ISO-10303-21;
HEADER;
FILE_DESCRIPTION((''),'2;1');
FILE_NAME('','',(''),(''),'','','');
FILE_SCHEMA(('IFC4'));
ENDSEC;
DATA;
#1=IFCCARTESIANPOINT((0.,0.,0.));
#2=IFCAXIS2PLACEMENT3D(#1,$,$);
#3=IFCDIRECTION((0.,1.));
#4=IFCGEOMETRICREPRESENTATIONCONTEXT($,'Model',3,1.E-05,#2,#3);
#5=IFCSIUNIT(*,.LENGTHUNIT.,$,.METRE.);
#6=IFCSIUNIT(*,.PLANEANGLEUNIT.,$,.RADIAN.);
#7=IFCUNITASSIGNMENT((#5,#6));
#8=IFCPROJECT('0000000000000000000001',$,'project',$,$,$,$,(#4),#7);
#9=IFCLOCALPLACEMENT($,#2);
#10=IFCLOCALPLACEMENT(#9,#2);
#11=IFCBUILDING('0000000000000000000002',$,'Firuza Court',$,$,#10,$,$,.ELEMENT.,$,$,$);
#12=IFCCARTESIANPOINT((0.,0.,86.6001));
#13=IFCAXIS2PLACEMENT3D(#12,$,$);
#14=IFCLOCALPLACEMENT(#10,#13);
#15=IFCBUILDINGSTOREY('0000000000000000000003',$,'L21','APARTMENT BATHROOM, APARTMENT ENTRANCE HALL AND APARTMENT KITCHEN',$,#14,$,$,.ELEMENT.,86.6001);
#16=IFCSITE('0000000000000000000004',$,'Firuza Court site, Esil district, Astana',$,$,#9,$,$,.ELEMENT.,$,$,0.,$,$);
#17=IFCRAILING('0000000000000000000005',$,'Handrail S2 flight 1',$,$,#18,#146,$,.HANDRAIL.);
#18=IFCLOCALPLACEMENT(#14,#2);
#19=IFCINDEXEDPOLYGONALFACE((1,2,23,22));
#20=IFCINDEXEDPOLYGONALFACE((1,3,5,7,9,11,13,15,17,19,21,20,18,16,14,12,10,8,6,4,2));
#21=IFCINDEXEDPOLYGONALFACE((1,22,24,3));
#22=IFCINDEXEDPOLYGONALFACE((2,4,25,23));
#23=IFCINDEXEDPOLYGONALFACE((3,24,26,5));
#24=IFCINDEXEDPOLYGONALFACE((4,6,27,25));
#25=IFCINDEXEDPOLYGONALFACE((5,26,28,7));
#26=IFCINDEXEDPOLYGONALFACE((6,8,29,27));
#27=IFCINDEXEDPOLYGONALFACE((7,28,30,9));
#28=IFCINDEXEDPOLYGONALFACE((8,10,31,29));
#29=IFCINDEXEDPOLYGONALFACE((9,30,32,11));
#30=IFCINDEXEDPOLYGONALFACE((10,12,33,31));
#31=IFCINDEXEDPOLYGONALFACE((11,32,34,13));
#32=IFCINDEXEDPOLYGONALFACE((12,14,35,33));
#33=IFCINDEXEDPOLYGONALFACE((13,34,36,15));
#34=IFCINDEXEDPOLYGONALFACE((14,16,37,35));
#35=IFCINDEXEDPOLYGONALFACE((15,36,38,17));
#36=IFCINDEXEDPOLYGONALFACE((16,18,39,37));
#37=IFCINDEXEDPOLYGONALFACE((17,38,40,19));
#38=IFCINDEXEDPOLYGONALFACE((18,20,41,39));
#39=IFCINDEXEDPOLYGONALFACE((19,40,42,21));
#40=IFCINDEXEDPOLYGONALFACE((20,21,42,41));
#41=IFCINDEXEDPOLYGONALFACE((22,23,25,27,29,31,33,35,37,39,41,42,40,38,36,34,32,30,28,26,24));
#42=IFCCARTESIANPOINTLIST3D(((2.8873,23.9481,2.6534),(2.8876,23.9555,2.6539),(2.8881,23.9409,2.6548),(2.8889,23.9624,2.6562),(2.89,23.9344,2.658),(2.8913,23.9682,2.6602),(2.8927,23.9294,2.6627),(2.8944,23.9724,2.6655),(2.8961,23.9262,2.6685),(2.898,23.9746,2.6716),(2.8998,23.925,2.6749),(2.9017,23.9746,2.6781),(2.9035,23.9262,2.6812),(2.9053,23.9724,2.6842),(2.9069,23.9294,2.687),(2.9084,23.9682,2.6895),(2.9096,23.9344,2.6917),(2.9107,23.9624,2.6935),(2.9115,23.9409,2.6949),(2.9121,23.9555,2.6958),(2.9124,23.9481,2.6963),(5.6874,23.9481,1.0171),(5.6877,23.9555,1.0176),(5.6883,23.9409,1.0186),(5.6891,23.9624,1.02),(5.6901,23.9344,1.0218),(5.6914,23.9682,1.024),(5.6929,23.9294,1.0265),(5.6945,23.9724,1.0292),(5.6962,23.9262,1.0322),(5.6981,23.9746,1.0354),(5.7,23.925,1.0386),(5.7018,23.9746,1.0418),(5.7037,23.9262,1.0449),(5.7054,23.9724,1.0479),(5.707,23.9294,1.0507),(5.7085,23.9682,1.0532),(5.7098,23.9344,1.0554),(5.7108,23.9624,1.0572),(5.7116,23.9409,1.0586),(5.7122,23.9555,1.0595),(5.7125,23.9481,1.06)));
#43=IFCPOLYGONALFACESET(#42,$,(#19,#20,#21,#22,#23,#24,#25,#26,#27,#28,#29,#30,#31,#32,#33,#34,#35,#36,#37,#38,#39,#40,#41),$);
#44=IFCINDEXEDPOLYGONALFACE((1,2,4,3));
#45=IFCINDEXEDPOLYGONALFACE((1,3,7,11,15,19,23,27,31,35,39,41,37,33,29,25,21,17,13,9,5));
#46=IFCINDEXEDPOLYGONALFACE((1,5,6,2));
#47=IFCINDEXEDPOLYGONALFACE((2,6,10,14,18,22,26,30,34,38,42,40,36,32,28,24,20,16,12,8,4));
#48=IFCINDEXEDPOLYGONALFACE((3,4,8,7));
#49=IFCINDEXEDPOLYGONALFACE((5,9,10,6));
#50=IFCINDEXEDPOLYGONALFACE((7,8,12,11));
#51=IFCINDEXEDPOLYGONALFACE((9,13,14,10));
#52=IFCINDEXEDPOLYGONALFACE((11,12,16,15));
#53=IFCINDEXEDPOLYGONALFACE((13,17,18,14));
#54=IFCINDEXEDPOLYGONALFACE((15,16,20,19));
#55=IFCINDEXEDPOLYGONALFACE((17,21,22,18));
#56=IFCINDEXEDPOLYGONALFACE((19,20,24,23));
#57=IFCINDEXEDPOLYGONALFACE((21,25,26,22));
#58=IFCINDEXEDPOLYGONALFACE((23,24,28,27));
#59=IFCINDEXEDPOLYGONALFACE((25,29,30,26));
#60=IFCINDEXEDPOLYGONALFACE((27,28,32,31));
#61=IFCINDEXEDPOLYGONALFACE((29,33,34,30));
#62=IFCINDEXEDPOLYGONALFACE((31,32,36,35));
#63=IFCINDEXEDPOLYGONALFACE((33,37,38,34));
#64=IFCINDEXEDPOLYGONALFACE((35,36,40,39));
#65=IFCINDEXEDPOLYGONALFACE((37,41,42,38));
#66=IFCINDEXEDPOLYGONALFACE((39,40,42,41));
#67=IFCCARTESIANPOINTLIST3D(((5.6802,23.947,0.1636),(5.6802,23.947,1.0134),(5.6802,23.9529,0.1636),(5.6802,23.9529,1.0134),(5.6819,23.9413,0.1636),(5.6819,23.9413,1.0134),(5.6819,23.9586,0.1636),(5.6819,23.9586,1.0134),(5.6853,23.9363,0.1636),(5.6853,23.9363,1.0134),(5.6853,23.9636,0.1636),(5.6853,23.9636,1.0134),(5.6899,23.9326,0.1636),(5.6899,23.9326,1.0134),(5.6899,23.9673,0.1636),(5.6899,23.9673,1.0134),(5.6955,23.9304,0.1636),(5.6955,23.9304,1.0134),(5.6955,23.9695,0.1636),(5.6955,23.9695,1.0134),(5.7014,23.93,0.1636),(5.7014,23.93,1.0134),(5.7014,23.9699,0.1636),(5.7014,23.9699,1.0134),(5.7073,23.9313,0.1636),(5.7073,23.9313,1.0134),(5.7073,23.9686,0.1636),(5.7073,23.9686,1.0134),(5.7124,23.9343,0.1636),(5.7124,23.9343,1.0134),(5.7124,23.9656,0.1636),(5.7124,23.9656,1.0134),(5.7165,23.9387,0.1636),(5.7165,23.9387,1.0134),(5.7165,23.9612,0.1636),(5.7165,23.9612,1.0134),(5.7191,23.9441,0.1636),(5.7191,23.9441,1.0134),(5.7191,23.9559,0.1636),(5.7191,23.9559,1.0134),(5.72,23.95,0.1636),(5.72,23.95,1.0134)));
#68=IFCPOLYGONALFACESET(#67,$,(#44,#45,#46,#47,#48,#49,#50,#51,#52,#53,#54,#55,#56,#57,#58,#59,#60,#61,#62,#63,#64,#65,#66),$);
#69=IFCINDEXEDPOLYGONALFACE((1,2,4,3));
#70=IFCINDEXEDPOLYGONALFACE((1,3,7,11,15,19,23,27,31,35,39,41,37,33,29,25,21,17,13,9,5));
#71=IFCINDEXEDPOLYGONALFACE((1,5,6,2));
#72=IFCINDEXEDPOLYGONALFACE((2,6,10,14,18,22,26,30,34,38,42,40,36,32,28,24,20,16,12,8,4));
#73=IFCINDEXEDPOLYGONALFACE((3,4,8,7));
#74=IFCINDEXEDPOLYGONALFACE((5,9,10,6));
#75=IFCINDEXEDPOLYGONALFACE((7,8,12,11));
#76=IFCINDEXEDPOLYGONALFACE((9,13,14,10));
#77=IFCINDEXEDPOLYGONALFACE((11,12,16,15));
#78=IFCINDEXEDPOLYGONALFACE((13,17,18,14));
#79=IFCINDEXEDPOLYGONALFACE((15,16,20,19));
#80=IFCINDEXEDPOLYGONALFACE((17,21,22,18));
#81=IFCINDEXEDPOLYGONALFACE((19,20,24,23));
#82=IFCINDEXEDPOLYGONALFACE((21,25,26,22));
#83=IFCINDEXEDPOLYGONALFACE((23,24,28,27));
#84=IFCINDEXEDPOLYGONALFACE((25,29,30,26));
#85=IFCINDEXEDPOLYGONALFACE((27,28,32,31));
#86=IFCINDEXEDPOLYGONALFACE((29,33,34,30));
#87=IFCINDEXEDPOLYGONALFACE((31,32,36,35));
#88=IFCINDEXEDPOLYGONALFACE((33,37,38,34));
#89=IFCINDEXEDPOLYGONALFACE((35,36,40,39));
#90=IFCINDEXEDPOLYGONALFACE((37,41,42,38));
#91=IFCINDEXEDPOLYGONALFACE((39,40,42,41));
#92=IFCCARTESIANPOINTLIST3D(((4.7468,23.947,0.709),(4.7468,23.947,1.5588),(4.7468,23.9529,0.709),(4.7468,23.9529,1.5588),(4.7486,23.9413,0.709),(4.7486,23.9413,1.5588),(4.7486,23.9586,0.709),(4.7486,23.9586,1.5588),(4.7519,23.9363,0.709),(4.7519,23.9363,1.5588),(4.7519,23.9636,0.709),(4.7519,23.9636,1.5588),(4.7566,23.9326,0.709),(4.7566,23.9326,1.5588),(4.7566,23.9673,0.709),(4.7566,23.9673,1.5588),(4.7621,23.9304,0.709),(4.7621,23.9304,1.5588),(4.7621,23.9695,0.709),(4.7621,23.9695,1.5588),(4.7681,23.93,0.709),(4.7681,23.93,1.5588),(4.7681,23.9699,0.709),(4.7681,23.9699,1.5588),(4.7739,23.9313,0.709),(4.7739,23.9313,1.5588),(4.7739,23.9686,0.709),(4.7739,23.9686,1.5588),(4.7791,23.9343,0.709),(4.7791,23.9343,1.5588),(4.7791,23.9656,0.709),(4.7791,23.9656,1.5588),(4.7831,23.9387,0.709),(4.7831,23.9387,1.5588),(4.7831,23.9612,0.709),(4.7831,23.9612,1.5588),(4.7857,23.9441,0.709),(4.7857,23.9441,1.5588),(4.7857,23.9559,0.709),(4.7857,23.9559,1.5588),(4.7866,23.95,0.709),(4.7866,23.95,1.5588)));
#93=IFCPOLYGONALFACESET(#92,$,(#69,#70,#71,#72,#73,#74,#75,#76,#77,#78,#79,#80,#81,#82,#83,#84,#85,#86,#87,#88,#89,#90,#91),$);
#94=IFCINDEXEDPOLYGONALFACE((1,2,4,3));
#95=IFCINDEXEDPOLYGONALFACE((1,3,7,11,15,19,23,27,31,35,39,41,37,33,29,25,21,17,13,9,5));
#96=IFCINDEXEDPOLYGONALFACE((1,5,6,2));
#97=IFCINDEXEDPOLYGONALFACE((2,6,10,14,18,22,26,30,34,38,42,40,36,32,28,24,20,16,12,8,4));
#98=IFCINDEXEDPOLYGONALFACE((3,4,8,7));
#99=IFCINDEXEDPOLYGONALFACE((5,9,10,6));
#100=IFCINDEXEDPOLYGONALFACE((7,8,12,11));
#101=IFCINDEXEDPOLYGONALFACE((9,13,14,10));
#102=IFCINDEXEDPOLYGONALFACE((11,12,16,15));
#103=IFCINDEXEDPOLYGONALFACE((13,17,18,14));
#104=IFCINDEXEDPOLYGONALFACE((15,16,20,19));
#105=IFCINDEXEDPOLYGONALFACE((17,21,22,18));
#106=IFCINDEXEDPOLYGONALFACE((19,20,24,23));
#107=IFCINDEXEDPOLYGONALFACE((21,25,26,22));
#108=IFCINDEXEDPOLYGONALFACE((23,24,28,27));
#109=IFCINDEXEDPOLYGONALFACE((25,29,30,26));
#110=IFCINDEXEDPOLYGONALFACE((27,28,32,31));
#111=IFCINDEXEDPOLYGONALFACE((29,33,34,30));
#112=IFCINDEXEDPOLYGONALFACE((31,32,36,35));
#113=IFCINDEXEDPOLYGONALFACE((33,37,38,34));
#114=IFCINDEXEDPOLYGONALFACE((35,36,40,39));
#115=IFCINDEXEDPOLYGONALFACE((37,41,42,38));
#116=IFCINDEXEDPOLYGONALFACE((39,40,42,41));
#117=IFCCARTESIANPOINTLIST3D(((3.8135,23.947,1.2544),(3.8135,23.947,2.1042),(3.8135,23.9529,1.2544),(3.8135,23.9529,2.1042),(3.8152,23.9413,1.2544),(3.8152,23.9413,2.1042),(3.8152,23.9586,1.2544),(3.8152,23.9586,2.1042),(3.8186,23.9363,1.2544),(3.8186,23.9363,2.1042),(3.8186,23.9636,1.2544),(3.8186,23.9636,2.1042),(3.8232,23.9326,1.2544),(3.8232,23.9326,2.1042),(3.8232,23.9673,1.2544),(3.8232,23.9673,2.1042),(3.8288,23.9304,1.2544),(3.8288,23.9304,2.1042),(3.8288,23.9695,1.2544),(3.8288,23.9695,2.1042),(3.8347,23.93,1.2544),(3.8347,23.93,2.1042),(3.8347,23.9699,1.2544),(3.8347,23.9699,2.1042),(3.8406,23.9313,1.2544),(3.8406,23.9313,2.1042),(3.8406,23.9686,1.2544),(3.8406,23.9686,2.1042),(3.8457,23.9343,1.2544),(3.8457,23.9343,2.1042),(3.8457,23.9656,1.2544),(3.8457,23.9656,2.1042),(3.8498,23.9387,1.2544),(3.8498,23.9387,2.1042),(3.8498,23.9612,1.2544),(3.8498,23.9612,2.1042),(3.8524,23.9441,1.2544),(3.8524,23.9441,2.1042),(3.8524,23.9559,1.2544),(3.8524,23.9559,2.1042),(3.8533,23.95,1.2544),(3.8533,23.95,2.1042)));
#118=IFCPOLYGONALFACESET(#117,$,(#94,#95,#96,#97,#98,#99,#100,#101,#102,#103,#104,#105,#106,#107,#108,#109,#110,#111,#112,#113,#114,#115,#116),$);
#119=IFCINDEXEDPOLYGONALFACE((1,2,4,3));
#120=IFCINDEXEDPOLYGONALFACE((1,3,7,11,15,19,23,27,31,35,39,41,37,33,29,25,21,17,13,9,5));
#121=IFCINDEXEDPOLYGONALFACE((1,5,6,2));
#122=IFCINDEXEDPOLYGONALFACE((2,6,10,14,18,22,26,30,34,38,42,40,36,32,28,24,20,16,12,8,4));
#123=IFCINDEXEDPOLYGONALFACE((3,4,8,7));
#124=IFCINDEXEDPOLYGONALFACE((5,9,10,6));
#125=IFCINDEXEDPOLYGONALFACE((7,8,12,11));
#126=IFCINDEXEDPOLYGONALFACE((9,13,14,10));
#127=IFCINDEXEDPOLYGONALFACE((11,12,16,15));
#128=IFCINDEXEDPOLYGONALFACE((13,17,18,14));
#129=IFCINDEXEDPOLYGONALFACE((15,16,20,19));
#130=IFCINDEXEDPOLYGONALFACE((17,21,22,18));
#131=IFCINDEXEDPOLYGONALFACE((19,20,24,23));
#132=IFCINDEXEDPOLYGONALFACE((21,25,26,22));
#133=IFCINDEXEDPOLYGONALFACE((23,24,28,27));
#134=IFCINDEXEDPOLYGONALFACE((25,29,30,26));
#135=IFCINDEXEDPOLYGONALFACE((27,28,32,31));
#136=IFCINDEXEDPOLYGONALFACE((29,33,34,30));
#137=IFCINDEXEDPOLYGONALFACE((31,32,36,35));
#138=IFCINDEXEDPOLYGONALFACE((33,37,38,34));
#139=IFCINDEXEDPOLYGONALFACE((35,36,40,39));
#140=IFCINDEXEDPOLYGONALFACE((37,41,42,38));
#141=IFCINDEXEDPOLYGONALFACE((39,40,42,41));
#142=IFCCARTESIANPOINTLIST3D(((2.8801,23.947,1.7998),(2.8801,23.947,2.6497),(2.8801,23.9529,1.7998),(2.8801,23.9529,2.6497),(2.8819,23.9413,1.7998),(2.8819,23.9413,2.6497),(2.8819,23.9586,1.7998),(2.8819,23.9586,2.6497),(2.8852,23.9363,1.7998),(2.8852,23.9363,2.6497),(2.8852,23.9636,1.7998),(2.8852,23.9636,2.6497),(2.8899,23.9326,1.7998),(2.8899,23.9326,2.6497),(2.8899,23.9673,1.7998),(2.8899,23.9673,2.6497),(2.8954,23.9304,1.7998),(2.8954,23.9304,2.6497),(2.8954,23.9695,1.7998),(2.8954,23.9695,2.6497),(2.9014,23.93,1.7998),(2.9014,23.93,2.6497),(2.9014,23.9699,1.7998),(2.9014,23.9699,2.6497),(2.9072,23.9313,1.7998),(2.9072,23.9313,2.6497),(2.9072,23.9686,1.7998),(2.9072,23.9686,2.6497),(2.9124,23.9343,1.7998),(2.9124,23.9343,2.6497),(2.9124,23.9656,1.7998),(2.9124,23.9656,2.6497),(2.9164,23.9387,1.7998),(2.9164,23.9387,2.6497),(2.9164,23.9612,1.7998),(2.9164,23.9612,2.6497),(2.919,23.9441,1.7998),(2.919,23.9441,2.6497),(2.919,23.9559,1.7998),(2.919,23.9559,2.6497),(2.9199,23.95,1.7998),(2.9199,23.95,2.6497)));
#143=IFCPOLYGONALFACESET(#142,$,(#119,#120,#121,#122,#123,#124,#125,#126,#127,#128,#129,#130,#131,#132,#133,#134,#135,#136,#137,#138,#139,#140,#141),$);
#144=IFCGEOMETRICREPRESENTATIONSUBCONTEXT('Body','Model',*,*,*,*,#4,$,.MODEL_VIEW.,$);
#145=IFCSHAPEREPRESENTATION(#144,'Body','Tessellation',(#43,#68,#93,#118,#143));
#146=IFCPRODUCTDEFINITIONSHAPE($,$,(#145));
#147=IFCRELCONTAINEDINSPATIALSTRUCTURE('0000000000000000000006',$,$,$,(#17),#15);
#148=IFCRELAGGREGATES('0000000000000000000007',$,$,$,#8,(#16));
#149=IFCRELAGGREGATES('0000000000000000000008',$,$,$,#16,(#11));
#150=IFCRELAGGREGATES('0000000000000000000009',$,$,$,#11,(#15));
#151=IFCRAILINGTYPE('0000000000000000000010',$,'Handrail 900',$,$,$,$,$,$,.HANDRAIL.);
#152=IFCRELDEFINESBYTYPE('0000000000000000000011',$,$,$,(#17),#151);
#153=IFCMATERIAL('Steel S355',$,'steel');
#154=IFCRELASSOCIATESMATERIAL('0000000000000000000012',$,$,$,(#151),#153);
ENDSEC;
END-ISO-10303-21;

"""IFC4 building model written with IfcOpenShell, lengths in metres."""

from ifc_helpers import new_model, si_unit, direction, frame, origin, origin_2d, place, context, subcontext, project, spatial, circle, extrude, material, type_object, element, save


model = new_model("IFC4")

# Units and contexts
model_context = context("Model", 3, precision=1e-05, world=origin(), true_north=direction((0.0, 1.0)))
body_context = subcontext(model_context, "Body", "Model", "MODEL_VIEW")
ifc_project = project(units=[si_unit("LENGTHUNIT", "METRE"), si_unit("PLANEANGLEUNIT", "RADIAN")], contexts=[model_context])

# Site, building, storey
site_placement = place(None, origin())
site = spatial("IfcSite", under=ifc_project, at=site_placement, Name="Firuza Court site, Esil district, Astana", CompositionType="ELEMENT", RefElevation=0.0)
building_placement = place(site_placement, origin())
building = spatial("IfcBuilding", under=site, at=building_placement, Name="Firuza Court", CompositionType="ELEMENT")
storey_placement = place(building_placement, frame((0.0, 0.0, 86.6001)))
storey = spatial("IfcBuildingStorey", under=building, at=storey_placement, Name="L21", Description="APARTMENT BATHROOM, APARTMENT ENTRANCE HALL AND APARTMENT KITCHEN", CompositionType="ELEMENT", Elevation=86.6001)

# Railing
ifc_material_1 = material(Name="Steel S355", Category="steel")
railing_type_1 = type_object("IfcRailingType", Name="Handrail 900", PredefinedType="HANDRAIL", material=ifc_material_1)
railing_1_placement = place(storey_placement, frame((5.7, 23.95, 0.1636)))
element("IfcRailing", 1, at=railing_1_placement, inside=storey, type_object=railing_type_1, Name="Handrail S2 flight 1", PredefinedType="HANDRAIL", context=body_context, shape_type="SweptSolid", body=[
    extrude(circle(Radius=0.0249, at=origin_2d()), frame((0.0, 0.0, 0.875), z_axis=(-0.863394, 0.0, 0.504531), x_axis=(0.0, -1.0, 0.0)), (0.0, 0.0, 1.0), 3.2432),
    extrude(circle(Radius=0.02, at=origin_2d()), origin(), (0.0, 0.0, 1.0), 0.8499),
    extrude(circle(Radius=0.02, at=origin_2d()), frame((-0.9333, 0.0, 0.5454)), (0.0, 0.0, 1.0), 0.8499),
    extrude(circle(Radius=0.02, at=origin_2d()), frame((-1.8667, 0.0, 1.0908)), (0.0, 0.0, 1.0), 0.8499),
    extrude(circle(Radius=0.02, at=origin_2d()), frame((-2.8, 0.0, 1.6362)), (0.0, 0.0, 1.0), 0.8499),
])

save(model, "model.ifc")
